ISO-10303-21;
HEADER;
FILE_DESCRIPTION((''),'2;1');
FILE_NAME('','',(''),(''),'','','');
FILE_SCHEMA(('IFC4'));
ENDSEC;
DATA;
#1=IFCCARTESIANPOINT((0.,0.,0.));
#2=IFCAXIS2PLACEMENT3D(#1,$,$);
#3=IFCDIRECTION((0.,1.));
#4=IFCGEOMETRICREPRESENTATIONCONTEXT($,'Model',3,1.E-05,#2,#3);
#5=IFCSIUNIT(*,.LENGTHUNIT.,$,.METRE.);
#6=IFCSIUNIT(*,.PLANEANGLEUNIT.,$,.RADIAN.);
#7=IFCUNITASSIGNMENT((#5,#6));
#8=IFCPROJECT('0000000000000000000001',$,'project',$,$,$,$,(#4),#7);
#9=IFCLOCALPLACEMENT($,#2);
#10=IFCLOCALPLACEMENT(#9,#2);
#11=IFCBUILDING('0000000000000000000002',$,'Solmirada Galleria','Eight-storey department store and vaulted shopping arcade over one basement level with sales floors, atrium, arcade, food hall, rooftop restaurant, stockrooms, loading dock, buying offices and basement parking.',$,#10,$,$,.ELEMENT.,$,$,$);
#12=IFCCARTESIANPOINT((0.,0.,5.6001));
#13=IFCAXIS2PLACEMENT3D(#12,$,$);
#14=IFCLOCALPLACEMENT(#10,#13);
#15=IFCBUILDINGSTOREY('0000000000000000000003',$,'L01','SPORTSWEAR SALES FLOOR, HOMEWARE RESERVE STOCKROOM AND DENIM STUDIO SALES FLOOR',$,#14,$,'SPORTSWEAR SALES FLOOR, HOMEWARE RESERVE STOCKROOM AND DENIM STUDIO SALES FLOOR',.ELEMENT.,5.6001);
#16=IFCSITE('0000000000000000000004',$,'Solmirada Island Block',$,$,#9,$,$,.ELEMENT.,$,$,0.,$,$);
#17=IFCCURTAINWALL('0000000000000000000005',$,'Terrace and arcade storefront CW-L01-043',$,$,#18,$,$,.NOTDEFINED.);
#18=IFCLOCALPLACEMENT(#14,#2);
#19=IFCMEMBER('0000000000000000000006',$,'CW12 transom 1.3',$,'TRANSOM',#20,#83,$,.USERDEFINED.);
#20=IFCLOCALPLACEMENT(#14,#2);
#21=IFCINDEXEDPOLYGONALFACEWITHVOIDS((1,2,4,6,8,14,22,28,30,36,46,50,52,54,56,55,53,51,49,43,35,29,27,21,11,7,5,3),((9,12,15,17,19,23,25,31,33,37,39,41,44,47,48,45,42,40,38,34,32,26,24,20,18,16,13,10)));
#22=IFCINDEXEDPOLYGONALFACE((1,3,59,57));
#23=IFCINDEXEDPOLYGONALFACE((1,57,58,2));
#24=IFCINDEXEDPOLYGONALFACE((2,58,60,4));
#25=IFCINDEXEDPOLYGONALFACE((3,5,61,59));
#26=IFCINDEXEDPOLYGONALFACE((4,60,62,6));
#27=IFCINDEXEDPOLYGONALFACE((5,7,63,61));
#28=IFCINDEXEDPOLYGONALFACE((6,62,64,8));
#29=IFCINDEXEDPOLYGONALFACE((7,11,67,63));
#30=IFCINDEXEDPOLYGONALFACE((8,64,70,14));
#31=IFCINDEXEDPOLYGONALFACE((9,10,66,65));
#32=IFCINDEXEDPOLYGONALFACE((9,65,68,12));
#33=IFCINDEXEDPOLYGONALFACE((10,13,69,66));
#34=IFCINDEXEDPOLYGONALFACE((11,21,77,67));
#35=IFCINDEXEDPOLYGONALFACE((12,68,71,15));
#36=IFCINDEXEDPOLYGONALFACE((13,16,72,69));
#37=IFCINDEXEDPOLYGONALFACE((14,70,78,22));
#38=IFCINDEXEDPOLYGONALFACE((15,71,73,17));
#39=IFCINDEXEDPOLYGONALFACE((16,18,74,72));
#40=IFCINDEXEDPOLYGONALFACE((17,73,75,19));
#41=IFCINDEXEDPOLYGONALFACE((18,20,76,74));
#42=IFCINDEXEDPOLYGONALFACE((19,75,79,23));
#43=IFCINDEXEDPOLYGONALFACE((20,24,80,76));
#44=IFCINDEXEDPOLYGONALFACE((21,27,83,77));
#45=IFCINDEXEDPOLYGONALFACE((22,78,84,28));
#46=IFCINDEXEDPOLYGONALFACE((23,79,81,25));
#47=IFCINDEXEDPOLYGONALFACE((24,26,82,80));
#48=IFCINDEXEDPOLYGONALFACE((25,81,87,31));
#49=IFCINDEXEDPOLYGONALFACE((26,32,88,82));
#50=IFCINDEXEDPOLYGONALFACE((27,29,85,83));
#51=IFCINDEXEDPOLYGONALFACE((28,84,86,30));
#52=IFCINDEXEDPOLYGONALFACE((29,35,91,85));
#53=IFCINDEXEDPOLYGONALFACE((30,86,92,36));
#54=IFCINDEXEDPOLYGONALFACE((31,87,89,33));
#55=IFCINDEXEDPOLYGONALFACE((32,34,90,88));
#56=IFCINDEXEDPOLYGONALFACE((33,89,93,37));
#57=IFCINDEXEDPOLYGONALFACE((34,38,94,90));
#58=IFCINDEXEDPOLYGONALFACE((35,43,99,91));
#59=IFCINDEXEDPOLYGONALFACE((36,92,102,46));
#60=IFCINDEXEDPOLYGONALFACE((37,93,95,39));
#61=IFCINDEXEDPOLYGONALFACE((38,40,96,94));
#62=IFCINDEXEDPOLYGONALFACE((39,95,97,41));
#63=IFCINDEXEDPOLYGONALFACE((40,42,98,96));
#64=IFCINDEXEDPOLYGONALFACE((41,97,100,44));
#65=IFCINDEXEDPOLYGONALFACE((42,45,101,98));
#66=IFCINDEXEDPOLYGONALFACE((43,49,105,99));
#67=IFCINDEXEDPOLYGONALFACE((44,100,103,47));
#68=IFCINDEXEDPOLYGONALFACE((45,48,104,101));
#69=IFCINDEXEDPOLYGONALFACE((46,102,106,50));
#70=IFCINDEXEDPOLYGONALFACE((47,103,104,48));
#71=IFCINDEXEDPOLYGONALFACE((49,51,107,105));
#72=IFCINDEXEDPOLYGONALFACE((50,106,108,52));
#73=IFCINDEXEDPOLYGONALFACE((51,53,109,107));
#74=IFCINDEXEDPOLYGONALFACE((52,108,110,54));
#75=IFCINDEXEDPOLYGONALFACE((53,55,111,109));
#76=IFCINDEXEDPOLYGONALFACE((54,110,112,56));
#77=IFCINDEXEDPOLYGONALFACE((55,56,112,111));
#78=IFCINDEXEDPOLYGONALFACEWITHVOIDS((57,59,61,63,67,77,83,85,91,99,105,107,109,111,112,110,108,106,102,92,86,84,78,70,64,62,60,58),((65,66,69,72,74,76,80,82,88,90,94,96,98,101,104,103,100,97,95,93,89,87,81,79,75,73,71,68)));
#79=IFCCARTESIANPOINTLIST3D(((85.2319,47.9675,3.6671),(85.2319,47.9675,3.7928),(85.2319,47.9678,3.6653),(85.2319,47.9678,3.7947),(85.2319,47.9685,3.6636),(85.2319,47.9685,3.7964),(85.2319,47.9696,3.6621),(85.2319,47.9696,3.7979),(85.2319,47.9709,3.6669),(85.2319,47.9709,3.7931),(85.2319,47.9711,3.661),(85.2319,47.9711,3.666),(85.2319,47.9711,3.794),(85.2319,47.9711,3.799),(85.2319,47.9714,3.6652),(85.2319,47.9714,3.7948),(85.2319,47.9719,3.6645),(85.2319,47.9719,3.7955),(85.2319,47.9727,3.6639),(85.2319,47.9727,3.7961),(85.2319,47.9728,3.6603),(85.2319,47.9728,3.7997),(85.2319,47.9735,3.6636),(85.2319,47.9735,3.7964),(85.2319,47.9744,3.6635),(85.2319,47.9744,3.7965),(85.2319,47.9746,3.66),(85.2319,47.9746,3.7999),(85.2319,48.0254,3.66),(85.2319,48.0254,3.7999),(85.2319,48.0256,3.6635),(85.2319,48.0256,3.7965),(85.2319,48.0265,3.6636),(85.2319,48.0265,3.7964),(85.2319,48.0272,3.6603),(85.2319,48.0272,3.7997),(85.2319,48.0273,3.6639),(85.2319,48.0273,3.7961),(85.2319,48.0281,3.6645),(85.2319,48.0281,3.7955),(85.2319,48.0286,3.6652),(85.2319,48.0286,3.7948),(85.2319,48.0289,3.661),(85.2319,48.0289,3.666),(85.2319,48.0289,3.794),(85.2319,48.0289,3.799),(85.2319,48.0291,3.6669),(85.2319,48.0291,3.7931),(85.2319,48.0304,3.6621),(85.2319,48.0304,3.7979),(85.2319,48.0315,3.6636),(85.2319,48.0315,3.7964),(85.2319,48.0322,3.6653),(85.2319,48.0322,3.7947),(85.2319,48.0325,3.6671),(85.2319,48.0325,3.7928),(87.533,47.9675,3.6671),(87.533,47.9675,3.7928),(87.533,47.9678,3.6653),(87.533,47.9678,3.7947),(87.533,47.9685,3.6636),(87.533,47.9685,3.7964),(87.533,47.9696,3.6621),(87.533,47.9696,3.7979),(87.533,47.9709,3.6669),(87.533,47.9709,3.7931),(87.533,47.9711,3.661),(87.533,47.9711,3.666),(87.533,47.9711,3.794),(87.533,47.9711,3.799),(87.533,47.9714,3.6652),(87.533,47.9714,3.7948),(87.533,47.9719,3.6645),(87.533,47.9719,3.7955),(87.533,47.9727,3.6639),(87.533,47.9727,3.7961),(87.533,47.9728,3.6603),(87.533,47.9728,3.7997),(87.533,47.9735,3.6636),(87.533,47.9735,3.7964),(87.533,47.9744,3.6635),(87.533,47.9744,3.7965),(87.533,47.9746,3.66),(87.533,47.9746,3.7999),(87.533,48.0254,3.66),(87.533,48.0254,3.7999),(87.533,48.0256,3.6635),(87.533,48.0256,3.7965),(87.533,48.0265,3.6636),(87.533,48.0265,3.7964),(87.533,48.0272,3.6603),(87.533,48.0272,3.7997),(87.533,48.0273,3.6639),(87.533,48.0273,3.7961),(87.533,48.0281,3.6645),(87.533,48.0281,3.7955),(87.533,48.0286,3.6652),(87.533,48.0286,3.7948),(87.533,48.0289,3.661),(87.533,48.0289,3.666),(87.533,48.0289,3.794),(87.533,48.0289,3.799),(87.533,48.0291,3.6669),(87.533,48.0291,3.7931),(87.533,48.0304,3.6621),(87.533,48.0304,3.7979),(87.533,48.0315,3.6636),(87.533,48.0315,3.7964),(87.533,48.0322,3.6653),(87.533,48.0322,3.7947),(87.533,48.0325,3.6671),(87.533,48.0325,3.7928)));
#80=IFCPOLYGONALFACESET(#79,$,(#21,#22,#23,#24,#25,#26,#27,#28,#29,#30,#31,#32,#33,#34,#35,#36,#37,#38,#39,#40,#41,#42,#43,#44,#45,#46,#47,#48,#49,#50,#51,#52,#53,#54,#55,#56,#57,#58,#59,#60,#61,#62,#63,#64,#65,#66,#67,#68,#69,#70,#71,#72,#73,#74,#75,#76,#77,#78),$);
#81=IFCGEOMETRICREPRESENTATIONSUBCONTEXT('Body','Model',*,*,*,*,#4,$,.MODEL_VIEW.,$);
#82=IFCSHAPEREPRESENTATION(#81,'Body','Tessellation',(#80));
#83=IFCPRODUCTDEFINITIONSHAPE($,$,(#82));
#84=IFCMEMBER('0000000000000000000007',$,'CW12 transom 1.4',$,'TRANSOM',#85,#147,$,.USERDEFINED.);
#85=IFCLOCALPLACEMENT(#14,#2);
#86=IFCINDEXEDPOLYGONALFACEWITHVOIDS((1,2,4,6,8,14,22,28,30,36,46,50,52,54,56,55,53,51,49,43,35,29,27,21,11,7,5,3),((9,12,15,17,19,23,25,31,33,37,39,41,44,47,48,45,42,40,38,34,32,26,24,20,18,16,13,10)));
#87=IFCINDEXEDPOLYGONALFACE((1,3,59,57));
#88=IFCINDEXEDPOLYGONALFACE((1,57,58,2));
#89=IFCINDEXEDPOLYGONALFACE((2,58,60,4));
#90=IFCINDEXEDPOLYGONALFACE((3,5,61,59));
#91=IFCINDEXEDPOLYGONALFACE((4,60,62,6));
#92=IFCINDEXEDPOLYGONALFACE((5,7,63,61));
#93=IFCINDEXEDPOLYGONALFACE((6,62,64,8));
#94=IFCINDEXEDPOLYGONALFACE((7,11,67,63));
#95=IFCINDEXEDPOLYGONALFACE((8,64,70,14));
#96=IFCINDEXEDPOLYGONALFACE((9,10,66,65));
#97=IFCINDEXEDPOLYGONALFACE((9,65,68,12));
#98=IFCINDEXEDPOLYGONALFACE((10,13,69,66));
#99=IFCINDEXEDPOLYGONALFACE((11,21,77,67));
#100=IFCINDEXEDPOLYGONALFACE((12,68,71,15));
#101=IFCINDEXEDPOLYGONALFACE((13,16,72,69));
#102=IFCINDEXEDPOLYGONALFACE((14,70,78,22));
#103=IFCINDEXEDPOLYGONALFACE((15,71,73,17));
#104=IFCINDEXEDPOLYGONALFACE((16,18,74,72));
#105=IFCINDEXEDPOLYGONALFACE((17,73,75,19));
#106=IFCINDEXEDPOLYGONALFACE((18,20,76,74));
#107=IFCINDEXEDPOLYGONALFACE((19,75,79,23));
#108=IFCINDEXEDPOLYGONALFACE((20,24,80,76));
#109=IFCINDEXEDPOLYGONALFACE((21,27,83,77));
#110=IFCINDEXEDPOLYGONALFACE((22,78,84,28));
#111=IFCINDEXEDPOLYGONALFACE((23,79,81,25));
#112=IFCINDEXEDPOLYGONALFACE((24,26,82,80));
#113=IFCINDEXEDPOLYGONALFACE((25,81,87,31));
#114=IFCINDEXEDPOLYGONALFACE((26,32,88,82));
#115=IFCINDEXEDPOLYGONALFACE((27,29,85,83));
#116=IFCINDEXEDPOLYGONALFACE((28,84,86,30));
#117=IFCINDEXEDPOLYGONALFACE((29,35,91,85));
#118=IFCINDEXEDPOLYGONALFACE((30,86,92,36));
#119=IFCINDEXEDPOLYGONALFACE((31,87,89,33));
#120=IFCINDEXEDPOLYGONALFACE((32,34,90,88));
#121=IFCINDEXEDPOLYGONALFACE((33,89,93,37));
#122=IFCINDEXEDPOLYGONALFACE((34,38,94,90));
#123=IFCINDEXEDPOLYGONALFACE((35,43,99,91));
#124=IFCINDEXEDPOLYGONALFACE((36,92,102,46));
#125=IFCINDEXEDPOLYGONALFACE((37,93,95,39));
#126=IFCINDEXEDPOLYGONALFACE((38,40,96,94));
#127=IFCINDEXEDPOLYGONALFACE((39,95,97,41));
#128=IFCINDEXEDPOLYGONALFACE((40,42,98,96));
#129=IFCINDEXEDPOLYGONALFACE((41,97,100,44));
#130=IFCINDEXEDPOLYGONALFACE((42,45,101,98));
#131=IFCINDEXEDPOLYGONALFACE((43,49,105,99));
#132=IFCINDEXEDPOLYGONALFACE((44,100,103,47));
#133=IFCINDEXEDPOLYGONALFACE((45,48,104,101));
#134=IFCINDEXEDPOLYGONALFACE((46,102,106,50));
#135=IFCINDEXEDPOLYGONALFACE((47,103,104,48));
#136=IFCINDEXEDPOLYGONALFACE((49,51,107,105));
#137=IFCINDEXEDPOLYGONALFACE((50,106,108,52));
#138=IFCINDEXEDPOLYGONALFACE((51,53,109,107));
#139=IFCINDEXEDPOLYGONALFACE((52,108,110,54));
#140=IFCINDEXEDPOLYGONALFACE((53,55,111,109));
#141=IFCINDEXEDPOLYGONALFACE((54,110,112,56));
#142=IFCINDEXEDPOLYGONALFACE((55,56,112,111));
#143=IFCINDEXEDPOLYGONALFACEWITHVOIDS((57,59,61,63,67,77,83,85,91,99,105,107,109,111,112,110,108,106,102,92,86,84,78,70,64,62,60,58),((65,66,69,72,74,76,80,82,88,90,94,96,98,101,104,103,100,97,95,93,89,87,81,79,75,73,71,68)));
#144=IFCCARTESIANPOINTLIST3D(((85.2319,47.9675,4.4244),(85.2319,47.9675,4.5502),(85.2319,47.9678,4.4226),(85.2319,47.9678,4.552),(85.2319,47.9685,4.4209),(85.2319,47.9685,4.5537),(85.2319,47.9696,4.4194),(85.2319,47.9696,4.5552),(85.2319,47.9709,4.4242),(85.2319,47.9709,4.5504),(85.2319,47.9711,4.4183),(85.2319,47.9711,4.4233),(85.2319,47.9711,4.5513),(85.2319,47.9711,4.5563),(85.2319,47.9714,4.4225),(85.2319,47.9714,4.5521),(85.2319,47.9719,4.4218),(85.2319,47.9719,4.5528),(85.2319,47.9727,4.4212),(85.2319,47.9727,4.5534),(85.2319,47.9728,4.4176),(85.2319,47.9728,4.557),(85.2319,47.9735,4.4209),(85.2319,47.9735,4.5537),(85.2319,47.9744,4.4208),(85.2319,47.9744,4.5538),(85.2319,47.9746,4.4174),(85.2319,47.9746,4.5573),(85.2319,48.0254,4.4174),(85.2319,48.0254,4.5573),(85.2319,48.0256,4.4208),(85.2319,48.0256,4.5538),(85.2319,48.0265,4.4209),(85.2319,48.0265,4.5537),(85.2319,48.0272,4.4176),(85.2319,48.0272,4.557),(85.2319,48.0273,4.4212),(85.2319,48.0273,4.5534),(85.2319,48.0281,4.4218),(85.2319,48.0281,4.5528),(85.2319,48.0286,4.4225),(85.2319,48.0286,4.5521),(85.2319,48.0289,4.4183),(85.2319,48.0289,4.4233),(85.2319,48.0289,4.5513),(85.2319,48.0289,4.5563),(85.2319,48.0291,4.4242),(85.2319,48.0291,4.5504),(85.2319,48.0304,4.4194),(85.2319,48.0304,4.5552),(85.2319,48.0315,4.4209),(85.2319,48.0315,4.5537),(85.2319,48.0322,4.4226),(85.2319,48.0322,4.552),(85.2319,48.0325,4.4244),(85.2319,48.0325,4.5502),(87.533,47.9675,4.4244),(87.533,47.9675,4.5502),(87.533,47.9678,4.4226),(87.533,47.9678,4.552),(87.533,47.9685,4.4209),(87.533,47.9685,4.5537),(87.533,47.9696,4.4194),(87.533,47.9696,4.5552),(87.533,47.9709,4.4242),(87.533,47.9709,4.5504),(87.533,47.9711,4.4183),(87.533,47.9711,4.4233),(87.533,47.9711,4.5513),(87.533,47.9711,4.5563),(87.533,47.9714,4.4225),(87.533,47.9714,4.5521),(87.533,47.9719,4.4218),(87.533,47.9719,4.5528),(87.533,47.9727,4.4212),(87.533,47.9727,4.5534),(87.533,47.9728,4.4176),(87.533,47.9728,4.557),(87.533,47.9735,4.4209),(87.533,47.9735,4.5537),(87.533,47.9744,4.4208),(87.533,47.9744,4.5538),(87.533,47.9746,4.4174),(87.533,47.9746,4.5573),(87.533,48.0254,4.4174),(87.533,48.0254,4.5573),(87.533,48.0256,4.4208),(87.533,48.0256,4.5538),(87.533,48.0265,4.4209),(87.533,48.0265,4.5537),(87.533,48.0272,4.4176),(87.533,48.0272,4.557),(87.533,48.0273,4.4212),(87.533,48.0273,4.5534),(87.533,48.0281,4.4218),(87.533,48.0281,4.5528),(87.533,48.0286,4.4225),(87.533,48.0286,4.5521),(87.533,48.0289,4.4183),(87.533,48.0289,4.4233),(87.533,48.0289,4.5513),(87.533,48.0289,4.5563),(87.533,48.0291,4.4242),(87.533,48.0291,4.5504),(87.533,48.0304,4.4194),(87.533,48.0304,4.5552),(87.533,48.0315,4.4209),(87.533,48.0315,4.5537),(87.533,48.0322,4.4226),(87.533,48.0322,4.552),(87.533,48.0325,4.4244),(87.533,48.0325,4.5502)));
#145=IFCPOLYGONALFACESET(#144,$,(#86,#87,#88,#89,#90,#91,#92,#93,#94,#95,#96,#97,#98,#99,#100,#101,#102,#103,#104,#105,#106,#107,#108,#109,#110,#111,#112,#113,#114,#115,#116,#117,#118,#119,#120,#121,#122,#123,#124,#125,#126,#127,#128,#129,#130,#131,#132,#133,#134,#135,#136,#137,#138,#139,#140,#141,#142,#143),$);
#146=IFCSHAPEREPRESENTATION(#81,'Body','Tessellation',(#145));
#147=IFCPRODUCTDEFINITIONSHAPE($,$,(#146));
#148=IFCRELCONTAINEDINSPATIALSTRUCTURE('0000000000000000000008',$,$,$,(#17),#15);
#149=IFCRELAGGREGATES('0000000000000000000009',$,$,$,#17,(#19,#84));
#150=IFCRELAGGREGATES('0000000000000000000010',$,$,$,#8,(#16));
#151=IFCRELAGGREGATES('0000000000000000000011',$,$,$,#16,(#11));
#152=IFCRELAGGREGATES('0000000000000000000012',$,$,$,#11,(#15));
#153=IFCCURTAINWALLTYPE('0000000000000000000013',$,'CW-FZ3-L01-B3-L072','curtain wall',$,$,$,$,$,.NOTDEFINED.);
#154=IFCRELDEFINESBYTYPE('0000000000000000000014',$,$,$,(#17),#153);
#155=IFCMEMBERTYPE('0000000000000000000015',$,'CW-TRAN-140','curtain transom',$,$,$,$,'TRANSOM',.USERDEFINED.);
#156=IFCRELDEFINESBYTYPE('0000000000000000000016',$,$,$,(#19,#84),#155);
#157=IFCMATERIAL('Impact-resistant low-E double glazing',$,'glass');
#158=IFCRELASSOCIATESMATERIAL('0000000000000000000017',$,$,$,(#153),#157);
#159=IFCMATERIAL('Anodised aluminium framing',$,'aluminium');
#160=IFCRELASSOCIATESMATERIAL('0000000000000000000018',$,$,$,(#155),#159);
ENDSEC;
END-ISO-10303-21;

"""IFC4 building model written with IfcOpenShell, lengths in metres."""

from ifc_helpers import new_model, si_unit, direction, frame, origin, origin_2d, place, context, subcontext, project, spatial, hollow_rectangle, extrude, material, material_profile, profile_set, type_object, element, aggregate, save


model = new_model("IFC4")

# Units and contexts
model_context = context("Model", 3, precision=1e-05, world=origin(), true_north=direction((0.0, 1.0)))
body_context = subcontext(model_context, "Body", "Model", "MODEL_VIEW")
ifc_project = project(units=[si_unit("LENGTHUNIT", "METRE"), si_unit("PLANEANGLEUNIT", "RADIAN")], contexts=[model_context])

# Site, building, storey
site_placement = place(None, origin())
site = spatial("IfcSite", under=ifc_project, at=site_placement, Name="Solmirada Island Block", CompositionType="ELEMENT", RefElevation=0.0)
building_placement = place(site_placement, origin())
building = spatial("IfcBuilding", under=site, at=building_placement, Name="Solmirada Galleria", Description="Eight-storey department store and vaulted shopping arcade over one basement level with sales floors, atrium, arcade, food hall, rooftop restaurant, stockrooms, loading dock, buying offices and basement parking.", CompositionType="ELEMENT")
storey_placement = place(building_placement, frame((0.0, 0.0, 5.6001)))
storey = spatial("IfcBuildingStorey", under=building, at=storey_placement, Name="L01", Description="SPORTSWEAR SALES FLOOR, HOMEWARE RESERVE STOCKROOM AND DENIM STUDIO SALES FLOOR", LongName="SPORTSWEAR SALES FLOOR, HOMEWARE RESERVE STOCKROOM AND DENIM STUDIO SALES FLOOR", CompositionType="ELEMENT", Elevation=5.6001)

# Curtain wall
ifc_material_1 = material(Name="Impact-resistant low-E double glazing", Category="glass")
curtain_wall_type = type_object("IfcCurtainWallType", Name="CW-FZ3-L01-B3-L072", Description="curtain wall", PredefinedType="NOTDEFINED", material=ifc_material_1)
curtain_wall_1_placement = place(storey_placement, origin())
curtain_wall_1 = element("IfcCurtainWall", 1, at=curtain_wall_1_placement, inside=storey, type_object=curtain_wall_type, Name="Terrace and arcade storefront CW-L01-043", PredefinedType="NOTDEFINED")
ifc_material_2 = material(Name="Anodised aluminium framing", Category="aluminium")

# Members
ifc_material_profile_1 = material_profile(ifc_material_2, hollow_rectangle(XDim=0.0649, YDim=0.1399, WallThickness=0.0034, InnerFilletRadius=0.0034, OuterFilletRadius=0.0071, at=origin_2d()), Name="ALU-TRAN-140X65")
ifc_profile_set_1 = profile_set([ifc_material_profile_1], Name="Anodised aluminium framing")
member_type_1 = type_object("IfcMemberType", Name="CW-TRAN-140", Description="curtain transom", ElementType="TRANSOM", PredefinedType="USERDEFINED", material=ifc_profile_set_1)
member_1_placement = place(storey_placement, frame((87.533, 48.0, 3.73), z_axis=(-1.0, 0.0, 0.0), x_axis=(0.0, -1.0, 0.0)))
member_1 = element("IfcMember", 2, at=member_1_placement, type_object=member_type_1, Name="CW12 transom 1.3", ObjectType="TRANSOM", PredefinedType="USERDEFINED", context=body_context, shape_type="SweptSolid", body=[
    extrude(hollow_rectangle(XDim=0.0649, YDim=0.1399, WallThickness=0.0034, InnerFilletRadius=0.0034, OuterFilletRadius=0.0071, at=origin_2d()), origin(), (0.0, 0.0, 1.0), 2.301),
])
member_2_placement = place(storey_placement, frame((87.533, 48.0, 4.4873), z_axis=(-1.0, 0.0, 0.0), x_axis=(0.0, -1.0, 0.0)))
member_2 = element("IfcMember", 3, at=member_2_placement, type_object=member_type_1, Name="CW12 transom 1.4", ObjectType="TRANSOM", PredefinedType="USERDEFINED", context=body_context, shape_type="SweptSolid", body=[
    extrude(hollow_rectangle(XDim=0.0649, YDim=0.1399, WallThickness=0.0034, InnerFilletRadius=0.0034, OuterFilletRadius=0.0071, at=origin_2d()), origin(), (0.0, 0.0, 1.0), 2.301),
])

aggregate(curtain_wall_1, [member_1, member_2])

save(model, "model.ifc")
